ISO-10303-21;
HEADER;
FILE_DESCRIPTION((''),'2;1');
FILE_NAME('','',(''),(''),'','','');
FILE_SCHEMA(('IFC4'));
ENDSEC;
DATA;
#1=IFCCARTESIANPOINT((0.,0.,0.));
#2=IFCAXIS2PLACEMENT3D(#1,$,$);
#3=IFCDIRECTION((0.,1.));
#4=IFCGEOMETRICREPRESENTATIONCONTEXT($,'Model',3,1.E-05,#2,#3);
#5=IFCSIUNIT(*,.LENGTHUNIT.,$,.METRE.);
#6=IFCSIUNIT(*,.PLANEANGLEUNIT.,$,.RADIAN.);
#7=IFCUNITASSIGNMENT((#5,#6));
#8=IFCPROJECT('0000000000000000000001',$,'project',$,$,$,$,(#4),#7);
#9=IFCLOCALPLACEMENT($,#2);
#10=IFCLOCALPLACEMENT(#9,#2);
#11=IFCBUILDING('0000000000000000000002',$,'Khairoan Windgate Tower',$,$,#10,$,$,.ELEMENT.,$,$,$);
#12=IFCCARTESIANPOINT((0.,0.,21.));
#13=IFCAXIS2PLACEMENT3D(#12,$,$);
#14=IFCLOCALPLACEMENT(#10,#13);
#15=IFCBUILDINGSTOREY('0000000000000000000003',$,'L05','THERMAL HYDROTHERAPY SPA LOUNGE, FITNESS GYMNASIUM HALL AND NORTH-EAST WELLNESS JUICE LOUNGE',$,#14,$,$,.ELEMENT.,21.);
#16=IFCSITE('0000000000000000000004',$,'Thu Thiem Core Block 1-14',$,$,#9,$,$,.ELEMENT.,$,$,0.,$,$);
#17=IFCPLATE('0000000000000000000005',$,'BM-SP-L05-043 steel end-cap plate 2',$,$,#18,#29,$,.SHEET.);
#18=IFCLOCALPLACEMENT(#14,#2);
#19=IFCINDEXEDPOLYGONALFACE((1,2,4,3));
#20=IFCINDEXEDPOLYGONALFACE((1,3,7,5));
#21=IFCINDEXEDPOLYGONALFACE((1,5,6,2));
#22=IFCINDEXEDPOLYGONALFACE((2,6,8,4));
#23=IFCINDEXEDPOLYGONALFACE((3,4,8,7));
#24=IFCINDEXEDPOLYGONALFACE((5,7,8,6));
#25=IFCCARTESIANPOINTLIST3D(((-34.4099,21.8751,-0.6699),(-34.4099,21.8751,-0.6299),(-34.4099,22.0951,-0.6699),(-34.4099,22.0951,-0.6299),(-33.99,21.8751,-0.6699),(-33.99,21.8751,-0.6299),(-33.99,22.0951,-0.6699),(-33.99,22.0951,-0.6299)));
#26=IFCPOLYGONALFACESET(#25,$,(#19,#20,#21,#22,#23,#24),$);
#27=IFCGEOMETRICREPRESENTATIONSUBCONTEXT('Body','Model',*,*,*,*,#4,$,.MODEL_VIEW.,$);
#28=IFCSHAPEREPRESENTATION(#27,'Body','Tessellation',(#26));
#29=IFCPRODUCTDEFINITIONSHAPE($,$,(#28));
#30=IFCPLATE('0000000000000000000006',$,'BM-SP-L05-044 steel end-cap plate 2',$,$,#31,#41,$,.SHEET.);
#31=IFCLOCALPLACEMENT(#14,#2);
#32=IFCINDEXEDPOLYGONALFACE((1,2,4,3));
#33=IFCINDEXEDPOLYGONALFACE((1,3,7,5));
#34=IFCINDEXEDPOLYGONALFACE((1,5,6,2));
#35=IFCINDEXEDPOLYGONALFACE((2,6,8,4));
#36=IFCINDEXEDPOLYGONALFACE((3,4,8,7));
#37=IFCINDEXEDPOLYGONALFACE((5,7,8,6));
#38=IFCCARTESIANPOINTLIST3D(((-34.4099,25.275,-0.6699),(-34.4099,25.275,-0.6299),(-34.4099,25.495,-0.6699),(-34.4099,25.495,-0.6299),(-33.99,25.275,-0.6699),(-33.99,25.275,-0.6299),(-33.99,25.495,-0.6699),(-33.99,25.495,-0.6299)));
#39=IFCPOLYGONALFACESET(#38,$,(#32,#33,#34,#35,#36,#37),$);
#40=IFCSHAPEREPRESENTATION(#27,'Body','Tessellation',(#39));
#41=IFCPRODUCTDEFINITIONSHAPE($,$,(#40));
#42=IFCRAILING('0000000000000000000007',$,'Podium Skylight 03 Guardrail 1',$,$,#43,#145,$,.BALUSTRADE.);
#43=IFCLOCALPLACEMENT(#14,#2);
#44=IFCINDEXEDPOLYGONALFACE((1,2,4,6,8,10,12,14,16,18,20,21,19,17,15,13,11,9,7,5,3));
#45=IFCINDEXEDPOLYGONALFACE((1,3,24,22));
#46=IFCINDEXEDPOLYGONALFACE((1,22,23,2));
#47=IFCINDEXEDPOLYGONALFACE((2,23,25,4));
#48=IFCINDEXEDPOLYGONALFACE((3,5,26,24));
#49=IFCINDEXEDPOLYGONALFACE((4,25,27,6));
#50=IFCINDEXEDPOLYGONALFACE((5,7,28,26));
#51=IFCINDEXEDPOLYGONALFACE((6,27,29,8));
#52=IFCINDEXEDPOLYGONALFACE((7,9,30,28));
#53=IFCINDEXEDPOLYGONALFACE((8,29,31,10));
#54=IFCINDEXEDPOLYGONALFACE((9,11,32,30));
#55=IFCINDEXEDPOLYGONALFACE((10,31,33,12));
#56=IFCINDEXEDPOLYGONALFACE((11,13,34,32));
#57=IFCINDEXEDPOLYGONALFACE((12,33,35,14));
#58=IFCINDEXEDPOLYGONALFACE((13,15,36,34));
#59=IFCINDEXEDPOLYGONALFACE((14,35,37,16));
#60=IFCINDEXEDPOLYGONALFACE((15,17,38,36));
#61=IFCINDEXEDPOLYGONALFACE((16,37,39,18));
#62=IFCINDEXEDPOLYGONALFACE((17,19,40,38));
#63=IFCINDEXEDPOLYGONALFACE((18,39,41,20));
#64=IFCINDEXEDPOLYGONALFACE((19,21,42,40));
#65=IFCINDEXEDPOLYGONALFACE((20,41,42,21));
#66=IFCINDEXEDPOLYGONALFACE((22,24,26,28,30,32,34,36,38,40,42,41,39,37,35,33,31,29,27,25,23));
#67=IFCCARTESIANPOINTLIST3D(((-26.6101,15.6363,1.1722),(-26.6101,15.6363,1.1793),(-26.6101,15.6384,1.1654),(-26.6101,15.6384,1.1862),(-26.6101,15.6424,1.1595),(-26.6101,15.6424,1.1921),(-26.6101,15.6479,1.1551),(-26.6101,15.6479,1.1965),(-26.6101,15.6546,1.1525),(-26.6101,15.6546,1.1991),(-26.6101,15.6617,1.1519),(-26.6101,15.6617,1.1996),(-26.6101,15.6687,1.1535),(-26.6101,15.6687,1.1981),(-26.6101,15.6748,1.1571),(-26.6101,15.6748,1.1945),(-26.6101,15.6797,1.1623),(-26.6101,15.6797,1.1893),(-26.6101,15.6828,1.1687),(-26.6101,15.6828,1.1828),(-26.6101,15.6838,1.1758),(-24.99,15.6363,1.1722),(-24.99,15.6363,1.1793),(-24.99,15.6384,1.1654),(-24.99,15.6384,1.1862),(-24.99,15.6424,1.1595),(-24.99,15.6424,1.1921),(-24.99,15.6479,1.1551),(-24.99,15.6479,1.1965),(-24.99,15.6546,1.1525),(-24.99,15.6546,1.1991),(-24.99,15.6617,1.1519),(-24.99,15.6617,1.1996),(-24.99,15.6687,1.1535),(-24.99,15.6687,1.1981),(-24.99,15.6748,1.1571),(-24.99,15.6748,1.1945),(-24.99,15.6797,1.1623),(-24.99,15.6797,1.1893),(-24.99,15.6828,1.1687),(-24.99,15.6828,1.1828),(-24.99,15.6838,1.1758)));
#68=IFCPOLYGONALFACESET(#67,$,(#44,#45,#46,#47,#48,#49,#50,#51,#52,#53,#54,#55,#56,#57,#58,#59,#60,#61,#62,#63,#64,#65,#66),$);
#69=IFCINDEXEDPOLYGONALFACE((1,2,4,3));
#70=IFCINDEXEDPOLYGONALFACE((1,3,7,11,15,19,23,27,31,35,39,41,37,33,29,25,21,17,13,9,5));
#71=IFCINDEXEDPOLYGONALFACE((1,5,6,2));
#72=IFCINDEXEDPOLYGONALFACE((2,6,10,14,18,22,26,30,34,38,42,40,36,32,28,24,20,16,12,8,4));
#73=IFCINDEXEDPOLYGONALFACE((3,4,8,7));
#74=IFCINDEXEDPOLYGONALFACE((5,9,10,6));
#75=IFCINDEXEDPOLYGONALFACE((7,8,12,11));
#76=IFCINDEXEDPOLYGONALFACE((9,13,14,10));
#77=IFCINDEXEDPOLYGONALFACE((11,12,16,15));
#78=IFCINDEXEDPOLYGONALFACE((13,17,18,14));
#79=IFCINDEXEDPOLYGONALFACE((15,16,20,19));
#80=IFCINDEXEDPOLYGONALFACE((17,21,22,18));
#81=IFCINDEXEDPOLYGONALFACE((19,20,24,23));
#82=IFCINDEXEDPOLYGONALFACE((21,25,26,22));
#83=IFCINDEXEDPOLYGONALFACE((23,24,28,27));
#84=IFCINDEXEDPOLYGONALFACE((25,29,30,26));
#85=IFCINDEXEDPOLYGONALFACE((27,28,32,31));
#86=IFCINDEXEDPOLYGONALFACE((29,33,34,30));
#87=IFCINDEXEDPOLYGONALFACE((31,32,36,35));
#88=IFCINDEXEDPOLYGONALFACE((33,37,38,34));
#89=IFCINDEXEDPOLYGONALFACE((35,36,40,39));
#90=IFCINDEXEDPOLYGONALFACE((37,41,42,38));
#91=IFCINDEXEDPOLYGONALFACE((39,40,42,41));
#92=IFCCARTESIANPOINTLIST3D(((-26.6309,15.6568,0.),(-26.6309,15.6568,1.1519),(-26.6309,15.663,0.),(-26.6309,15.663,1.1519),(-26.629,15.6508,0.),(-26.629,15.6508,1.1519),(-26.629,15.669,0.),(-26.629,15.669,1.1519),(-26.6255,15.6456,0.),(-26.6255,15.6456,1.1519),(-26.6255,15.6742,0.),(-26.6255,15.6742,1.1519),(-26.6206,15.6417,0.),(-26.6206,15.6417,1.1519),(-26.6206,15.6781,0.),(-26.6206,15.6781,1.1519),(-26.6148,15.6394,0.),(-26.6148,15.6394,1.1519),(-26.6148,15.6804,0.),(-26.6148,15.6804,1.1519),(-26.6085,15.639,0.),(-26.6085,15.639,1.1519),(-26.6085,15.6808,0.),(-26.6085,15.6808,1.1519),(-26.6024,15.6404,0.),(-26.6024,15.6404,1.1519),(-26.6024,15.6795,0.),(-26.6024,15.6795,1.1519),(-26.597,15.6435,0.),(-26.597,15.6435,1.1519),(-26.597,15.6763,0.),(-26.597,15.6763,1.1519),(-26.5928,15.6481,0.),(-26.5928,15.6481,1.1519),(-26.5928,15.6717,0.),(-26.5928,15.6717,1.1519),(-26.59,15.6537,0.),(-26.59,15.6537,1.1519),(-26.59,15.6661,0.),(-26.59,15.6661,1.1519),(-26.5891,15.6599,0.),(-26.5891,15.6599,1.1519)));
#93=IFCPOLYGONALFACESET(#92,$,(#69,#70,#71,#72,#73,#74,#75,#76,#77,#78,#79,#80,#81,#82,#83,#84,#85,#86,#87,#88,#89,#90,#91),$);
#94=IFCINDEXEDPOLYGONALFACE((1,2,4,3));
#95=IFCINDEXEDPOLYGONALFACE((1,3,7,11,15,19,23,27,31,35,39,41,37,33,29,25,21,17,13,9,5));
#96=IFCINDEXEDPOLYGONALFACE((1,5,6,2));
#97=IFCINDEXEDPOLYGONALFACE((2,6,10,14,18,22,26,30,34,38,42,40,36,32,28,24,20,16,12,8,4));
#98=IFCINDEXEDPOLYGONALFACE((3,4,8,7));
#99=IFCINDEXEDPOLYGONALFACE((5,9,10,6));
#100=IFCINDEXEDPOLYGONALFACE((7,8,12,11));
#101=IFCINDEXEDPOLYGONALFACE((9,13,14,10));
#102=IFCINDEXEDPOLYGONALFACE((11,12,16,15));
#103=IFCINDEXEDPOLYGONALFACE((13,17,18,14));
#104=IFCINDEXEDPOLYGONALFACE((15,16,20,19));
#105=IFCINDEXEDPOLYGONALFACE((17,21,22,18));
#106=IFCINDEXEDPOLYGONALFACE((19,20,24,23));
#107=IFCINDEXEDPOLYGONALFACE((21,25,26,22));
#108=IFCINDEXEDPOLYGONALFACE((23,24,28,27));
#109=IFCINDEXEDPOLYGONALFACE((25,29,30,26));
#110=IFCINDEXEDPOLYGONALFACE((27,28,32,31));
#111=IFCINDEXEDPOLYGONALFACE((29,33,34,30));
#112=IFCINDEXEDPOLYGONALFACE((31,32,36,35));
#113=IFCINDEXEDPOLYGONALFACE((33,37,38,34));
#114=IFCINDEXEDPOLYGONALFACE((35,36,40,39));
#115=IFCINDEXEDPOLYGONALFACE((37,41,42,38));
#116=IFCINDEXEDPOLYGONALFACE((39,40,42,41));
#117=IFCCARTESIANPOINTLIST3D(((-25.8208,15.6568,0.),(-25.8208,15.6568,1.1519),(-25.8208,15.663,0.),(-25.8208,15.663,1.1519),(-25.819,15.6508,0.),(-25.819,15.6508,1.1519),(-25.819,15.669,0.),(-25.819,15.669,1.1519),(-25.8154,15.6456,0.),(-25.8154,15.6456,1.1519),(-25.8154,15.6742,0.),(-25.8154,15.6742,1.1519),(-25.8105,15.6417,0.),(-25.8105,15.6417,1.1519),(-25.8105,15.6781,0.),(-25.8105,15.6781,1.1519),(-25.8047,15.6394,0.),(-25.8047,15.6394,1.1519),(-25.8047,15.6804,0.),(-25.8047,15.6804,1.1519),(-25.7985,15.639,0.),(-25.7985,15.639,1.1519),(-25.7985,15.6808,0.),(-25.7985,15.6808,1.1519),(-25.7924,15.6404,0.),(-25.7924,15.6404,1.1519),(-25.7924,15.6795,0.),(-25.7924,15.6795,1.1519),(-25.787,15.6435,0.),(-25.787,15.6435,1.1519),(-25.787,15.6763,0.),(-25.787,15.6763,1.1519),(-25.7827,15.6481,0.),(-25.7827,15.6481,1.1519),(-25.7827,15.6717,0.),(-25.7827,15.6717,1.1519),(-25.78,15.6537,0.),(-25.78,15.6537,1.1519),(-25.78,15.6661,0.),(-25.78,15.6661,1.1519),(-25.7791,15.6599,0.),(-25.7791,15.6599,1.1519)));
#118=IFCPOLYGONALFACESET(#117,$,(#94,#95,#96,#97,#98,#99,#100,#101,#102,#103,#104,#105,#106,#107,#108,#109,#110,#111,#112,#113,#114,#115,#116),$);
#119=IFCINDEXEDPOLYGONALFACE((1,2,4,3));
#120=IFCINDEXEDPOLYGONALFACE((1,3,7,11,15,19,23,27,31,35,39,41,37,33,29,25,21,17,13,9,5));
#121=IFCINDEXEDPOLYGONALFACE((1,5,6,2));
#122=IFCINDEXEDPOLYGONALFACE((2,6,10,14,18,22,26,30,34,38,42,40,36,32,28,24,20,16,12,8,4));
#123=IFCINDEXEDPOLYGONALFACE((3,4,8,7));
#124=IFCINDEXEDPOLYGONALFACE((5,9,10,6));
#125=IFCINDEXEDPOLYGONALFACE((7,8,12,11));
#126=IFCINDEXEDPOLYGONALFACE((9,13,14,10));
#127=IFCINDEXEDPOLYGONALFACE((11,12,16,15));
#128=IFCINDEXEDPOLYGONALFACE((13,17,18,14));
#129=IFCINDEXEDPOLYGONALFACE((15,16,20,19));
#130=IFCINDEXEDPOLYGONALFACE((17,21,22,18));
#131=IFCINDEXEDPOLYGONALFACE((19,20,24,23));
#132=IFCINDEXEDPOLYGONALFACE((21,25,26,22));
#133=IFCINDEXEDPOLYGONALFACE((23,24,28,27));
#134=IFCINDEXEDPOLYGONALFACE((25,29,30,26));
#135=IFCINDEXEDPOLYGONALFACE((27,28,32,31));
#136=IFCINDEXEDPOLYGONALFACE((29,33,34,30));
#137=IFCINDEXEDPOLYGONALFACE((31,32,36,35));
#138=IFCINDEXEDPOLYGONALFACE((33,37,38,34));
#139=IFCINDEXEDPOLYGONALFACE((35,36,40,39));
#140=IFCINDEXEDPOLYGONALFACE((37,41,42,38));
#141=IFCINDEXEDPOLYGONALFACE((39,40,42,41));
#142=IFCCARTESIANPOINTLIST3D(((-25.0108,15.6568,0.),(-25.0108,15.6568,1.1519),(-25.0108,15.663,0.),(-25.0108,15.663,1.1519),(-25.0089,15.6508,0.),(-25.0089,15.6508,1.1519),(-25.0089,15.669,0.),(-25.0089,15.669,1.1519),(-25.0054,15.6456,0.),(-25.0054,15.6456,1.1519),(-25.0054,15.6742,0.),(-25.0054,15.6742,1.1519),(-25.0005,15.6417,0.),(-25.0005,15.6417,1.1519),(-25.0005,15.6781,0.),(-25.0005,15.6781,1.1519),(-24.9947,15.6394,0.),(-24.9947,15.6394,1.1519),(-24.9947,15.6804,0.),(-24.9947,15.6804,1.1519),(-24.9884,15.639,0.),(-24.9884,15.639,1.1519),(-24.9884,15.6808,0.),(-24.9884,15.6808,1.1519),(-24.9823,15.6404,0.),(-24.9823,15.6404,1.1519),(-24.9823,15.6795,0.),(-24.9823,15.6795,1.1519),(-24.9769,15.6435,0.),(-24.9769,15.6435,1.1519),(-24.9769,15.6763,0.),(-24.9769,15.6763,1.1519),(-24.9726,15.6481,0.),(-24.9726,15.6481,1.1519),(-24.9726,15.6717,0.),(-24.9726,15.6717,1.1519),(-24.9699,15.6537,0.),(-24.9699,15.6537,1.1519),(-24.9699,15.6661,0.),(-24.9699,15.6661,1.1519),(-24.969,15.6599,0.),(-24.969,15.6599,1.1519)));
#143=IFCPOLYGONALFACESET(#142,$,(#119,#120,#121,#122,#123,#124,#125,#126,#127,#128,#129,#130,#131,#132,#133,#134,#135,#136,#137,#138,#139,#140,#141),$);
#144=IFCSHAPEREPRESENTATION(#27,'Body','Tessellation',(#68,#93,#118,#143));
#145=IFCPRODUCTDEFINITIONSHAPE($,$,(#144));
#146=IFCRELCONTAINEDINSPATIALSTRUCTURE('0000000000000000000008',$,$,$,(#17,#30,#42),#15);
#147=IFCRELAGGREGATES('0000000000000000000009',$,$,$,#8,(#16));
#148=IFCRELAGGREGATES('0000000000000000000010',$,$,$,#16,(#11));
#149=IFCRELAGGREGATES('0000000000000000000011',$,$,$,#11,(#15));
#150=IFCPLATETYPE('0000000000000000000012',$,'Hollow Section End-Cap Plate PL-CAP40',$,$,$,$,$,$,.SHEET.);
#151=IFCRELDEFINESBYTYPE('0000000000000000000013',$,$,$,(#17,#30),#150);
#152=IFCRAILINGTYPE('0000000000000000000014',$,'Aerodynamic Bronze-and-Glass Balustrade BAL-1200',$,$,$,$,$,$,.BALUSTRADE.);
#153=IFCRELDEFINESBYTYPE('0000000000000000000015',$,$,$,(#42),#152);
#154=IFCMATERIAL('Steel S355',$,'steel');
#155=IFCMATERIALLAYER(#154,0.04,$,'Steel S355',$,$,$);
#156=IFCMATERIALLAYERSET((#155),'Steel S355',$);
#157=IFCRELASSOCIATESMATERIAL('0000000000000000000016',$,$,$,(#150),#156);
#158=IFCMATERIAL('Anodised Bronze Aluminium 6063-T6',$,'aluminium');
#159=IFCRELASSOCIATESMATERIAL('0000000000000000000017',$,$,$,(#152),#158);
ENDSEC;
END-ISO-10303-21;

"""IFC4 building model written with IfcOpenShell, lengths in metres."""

from ifc_helpers import new_model, si_unit, direction, frame, origin, origin_2d, place, context, subcontext, project, spatial, rectangle, circle, extrude, material, layer, layer_set, type_object, element, save


model = new_model("IFC4")

# Units and contexts
model_context = context("Model", 3, precision=1e-05, world=origin(), true_north=direction((0.0, 1.0)))
body_context = subcontext(model_context, "Body", "Model", "MODEL_VIEW")
ifc_project = project(units=[si_unit("LENGTHUNIT", "METRE"), si_unit("PLANEANGLEUNIT", "RADIAN")], contexts=[model_context])

# Site, building, storey
site_placement = place(None, origin())
site = spatial("IfcSite", under=ifc_project, at=site_placement, Name="Thu Thiem Core Block 1-14", CompositionType="ELEMENT", RefElevation=0.0)
building_placement = place(site_placement, origin())
building = spatial("IfcBuilding", under=site, at=building_placement, Name="Khairoan Windgate Tower", CompositionType="ELEMENT")
storey_placement = place(building_placement, frame((0.0, 0.0, 21.0)))
storey = spatial("IfcBuildingStorey", under=building, at=storey_placement, Name="L05", Description="THERMAL HYDROTHERAPY SPA LOUNGE, FITNESS GYMNASIUM HALL AND NORTH-EAST WELLNESS JUICE LOUNGE", CompositionType="ELEMENT", Elevation=21.0)

# Plates
ifc_material_1 = material(Name="Steel S355", Category="steel")
ifc_layer_1 = layer(ifc_material_1, 0.04, Name="Steel S355")
ifc_layer_set_1 = layer_set([ifc_layer_1], Name="Steel S355")
plate_type_1 = type_object("IfcPlateType", Name="Hollow Section End-Cap Plate PL-CAP40", PredefinedType="SHEET", material=ifc_layer_set_1)
for number, where, z_axis, x_axis, name in (
    (1, (-34.2, 21.9851, -0.6699), (0.0, 0.0, 1.0), (0.0, 1.0, 0.0), "BM-SP-L05-043 steel end-cap plate 2"),
    (2, (-34.2, 25.385, -0.6699), (0.0, 0.0, 1.0), (0.0, 1.0, 0.0), "BM-SP-L05-044 steel end-cap plate 2"),
):
    element("IfcPlate", number, at=place(storey_placement, frame(where, z_axis=z_axis, x_axis=x_axis)), inside=storey, type_object=plate_type_1, Name=name, PredefinedType="SHEET", context=body_context, shape_type="SweptSolid", body=[
        extrude(rectangle(XDim=0.22, YDim=0.4199, at=origin_2d()), origin(), (0.0, 0.0, 1.0), 0.04),
    ])

# Railing
ifc_material_2 = material(Name="Anodised Bronze Aluminium 6063-T6", Category="aluminium")
railing_type = type_object("IfcRailingType", Name="Aerodynamic Bronze-and-Glass Balustrade BAL-1200", PredefinedType="BALUSTRADE", material=ifc_material_2)
railing_1_placement = place(storey_placement, frame((-26.6101, 15.6599, 0.0)))
element("IfcRailing", 3, at=railing_1_placement, inside=storey, type_object=railing_type, Name="Podium Skylight 03 Guardrail 1", PredefinedType="BALUSTRADE", context=body_context, shape_type="SweptSolid", body=[
    extrude(circle(Radius=0.0239, at=origin_2d()), frame((0.0, 0.0, 1.1758), z_axis=(1.0, 0.0, 0.0), x_axis=(0.0, 1.0, 0.0)), (0.0, 0.0, 1.0), 1.6201),
    extrude(circle(Radius=0.021, at=origin_2d()), origin(), (0.0, 0.0, 1.0), 1.1519),
    extrude(circle(Radius=0.021, at=origin_2d()), frame((0.8101, 0.0, 0.0)), (0.0, 0.0, 1.0), 1.1519),
    extrude(circle(Radius=0.021, at=origin_2d()), frame((1.6201, 0.0, 0.0)), (0.0, 0.0, 1.0), 1.1519),
])

save(model, "model.ifc")
